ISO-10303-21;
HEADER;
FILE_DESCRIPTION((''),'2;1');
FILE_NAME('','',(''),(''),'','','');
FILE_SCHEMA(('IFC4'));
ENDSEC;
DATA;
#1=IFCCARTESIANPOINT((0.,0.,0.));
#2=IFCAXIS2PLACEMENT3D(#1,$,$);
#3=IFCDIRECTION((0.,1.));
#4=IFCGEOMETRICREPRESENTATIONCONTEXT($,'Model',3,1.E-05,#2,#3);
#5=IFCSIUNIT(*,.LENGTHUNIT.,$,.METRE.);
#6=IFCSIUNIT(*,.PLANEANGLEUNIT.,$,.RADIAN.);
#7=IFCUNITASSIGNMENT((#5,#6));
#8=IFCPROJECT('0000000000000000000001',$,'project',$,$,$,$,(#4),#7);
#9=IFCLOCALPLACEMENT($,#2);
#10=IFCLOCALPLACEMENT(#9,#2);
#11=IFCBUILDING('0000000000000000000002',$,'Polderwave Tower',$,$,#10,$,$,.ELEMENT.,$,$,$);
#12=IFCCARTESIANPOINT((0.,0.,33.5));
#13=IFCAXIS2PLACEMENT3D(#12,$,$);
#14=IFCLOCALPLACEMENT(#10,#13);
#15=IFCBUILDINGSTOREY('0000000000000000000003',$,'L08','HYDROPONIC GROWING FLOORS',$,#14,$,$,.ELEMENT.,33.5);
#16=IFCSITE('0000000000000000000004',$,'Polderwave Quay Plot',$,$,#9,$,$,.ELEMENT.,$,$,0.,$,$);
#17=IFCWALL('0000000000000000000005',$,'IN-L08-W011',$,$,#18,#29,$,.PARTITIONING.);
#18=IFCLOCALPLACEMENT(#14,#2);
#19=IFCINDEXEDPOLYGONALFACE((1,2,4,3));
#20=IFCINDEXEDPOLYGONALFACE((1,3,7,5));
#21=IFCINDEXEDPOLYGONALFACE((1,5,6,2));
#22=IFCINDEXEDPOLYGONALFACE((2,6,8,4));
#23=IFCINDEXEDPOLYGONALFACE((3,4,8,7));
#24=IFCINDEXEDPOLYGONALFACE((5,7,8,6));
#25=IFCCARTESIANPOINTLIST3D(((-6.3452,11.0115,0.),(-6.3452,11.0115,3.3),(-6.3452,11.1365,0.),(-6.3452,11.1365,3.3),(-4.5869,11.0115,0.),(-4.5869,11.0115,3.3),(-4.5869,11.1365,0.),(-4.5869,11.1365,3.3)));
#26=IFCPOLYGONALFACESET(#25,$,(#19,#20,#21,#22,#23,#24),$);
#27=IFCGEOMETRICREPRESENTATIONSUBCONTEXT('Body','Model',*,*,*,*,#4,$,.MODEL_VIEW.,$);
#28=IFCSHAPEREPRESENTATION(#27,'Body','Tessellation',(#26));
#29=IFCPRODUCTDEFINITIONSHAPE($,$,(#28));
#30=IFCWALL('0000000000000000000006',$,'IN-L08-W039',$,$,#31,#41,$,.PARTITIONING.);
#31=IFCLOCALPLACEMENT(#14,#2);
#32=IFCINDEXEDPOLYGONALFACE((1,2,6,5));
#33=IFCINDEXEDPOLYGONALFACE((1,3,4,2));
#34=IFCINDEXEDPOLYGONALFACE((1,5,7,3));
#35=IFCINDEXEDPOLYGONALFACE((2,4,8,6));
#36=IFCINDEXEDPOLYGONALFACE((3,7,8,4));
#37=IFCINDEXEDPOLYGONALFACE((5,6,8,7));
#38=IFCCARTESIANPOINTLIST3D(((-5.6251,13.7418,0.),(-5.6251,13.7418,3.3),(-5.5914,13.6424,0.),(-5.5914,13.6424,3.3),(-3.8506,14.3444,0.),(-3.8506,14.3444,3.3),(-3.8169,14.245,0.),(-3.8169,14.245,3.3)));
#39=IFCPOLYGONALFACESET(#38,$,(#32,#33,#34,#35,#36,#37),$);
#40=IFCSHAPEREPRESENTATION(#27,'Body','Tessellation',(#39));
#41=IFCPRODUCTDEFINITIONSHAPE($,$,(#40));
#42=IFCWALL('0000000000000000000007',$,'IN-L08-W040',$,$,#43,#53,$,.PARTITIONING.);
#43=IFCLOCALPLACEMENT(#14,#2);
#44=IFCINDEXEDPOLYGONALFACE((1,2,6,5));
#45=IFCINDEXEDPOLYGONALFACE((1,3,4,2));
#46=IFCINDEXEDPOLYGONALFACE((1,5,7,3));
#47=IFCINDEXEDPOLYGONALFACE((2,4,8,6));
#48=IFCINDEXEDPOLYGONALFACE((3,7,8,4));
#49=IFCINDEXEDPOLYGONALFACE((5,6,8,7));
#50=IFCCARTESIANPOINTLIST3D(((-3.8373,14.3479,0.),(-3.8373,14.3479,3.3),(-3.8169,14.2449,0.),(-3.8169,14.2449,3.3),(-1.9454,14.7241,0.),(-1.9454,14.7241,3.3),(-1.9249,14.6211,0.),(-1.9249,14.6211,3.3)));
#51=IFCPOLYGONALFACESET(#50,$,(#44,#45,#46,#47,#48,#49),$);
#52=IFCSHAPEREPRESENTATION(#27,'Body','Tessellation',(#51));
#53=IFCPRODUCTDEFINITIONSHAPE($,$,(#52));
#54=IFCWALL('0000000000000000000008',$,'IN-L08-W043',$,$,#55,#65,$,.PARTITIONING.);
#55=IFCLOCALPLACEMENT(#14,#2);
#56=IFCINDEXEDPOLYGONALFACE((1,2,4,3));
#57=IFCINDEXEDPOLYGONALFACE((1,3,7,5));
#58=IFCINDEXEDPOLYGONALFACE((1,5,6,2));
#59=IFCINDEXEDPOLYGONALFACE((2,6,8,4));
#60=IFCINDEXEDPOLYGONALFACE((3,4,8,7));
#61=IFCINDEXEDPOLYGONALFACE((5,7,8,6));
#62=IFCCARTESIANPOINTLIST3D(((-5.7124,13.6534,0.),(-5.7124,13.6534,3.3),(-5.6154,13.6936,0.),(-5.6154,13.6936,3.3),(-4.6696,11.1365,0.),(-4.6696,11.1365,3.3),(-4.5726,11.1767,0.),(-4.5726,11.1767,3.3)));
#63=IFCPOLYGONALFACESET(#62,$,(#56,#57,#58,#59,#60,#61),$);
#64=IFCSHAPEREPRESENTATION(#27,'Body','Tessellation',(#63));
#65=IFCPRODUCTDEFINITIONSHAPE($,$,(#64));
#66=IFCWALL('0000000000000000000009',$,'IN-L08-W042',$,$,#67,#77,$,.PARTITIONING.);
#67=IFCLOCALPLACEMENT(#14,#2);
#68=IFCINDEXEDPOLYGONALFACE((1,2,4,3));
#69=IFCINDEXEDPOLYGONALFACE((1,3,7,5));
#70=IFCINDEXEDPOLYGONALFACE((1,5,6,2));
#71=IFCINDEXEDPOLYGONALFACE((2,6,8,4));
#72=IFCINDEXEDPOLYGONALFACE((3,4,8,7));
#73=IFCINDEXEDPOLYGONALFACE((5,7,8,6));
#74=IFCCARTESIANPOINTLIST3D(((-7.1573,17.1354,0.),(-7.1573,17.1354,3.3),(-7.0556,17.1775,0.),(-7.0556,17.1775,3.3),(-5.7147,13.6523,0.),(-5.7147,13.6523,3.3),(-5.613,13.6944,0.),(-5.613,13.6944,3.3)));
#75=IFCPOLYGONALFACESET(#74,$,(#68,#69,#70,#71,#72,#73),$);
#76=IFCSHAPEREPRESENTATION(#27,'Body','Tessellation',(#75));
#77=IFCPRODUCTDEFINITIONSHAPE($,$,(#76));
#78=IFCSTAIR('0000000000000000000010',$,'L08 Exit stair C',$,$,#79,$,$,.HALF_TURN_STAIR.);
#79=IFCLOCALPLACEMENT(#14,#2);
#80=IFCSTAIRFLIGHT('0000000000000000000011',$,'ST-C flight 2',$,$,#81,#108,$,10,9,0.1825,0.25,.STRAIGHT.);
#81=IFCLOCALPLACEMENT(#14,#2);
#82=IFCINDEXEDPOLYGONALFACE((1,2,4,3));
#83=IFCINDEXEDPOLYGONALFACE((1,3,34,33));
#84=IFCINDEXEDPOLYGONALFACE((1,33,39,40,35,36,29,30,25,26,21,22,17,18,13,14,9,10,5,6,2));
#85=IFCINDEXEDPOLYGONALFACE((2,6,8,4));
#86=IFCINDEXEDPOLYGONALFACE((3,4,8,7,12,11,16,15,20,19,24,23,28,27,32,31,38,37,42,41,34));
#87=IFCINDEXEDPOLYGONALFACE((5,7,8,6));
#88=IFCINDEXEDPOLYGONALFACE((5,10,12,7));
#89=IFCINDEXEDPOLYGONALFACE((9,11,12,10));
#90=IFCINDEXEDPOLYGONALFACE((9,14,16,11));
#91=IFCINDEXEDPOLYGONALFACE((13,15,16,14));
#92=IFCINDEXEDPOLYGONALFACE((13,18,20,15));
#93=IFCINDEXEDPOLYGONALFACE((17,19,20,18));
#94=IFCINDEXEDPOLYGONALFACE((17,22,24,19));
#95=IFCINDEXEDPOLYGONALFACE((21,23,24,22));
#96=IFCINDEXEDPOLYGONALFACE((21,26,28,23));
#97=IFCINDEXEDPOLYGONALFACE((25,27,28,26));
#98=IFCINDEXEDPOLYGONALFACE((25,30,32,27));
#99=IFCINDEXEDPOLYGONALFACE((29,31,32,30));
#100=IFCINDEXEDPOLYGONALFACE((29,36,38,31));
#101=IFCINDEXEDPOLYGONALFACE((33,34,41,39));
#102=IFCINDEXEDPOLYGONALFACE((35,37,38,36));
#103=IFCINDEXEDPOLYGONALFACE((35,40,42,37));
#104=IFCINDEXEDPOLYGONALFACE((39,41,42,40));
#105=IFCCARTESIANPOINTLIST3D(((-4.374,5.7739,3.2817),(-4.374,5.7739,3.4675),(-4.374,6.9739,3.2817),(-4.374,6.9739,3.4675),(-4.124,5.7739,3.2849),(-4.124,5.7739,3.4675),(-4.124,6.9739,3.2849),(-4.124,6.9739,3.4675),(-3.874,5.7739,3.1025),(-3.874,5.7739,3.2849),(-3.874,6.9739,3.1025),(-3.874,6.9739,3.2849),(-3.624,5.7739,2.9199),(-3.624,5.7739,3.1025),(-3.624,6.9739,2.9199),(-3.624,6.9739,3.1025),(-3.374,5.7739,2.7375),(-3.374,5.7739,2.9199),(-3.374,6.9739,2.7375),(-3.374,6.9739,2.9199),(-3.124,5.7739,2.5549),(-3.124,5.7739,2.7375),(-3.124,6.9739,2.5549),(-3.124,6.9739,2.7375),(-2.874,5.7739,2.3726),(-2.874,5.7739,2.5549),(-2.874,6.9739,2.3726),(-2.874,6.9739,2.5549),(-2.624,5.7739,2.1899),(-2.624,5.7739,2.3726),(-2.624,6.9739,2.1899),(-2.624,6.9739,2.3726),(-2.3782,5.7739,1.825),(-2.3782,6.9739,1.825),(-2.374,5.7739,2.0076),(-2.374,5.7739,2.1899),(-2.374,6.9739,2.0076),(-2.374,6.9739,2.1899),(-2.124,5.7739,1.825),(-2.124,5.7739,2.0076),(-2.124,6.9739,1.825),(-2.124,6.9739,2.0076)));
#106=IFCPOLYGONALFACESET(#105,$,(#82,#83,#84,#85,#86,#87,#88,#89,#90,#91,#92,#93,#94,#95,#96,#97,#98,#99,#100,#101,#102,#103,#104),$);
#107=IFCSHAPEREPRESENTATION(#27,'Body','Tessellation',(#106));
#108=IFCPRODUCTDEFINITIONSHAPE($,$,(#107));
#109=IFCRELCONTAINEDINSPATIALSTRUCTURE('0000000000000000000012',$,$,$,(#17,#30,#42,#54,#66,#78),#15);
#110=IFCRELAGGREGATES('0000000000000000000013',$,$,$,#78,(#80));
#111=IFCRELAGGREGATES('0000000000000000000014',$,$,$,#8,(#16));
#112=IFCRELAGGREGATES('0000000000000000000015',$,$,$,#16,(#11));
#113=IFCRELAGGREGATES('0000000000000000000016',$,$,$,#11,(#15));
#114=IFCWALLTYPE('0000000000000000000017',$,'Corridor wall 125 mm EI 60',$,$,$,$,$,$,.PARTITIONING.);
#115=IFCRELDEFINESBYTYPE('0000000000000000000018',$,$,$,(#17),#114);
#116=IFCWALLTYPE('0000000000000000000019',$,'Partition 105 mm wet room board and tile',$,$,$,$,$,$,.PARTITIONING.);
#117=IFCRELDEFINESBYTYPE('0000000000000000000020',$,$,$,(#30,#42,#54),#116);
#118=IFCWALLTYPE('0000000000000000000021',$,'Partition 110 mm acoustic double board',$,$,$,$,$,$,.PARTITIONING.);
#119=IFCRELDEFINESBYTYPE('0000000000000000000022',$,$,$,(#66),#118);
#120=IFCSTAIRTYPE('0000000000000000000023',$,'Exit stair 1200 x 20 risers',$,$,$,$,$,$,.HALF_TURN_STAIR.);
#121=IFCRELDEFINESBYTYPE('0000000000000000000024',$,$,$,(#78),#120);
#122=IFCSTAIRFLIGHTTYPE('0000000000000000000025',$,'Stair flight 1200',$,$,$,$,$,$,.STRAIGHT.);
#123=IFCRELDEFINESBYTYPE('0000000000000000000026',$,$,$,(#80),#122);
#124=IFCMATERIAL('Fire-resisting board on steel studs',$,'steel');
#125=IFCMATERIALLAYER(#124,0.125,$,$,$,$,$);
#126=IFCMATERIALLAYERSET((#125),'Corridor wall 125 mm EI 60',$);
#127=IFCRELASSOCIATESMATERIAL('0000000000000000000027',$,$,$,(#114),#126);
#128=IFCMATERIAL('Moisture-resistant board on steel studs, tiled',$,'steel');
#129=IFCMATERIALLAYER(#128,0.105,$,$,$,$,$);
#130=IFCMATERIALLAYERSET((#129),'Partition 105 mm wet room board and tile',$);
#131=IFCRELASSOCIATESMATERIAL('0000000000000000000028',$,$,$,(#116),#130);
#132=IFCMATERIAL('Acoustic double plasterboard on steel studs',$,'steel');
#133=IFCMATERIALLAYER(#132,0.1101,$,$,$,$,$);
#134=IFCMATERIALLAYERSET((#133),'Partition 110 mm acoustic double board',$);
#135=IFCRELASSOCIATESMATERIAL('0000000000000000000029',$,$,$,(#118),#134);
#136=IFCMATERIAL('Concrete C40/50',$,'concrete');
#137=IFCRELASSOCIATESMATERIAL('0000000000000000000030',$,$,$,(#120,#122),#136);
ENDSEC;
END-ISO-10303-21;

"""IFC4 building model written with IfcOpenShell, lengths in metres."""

from ifc_helpers import new_model, si_unit, direction, frame, frame_2d, origin, place, context, subcontext, project, spatial, polyline, rectangle, outline, extrude, material, layer, layer_set, type_object, element, aggregate, save


model = new_model("IFC4")

# Units and contexts
model_context = context("Model", 3, precision=1e-05, world=origin(), true_north=direction((0.0, 1.0)))
body_context = subcontext(model_context, "Body", "Model", "MODEL_VIEW")
ifc_project = project(units=[si_unit("LENGTHUNIT", "METRE"), si_unit("PLANEANGLEUNIT", "RADIAN")], contexts=[model_context])

# Site, building, storey
site_placement = place(None, origin())
site = spatial("IfcSite", under=ifc_project, at=site_placement, Name="Polderwave Quay Plot", CompositionType="ELEMENT", RefElevation=0.0)
building_placement = place(site_placement, origin())
building = spatial("IfcBuilding", under=site, at=building_placement, Name="Polderwave Tower", CompositionType="ELEMENT")
storey_placement = place(building_placement, frame((0.0, 0.0, 33.5)))
storey = spatial("IfcBuildingStorey", under=building, at=storey_placement, Name="L08", Description="HYDROPONIC GROWING FLOORS", CompositionType="ELEMENT", Elevation=33.5)

# Shared definitions
ifc_material_1 = material(Name="Fire-resisting board on steel studs", Category="steel")
ifc_layer_1 = layer(ifc_material_1, 0.125)
ifc_layer_set_1 = layer_set([ifc_layer_1], Name="Corridor wall 125 mm EI 60")
wall_type_1 = type_object("IfcWallType", Name="Corridor wall 125 mm EI 60", PredefinedType="PARTITIONING", material=ifc_layer_set_1)

# Walls
wall_1_placement = place(storey_placement, frame((-6.3452, 11.074, 0.0), z_axis=(0.0, 0.0, 1.0), x_axis=(1.0, 0.0, 0.0)))
element("IfcWall", 1, at=wall_1_placement, inside=storey, type_object=wall_type_1, Name="IN-L08-W011", PredefinedType="PARTITIONING", context=body_context, shape_type="SweptSolid", body=[
    extrude(rectangle(XDim=1.7583, YDim=0.125, at=frame_2d((0.8792, 0.0))), origin(), (0.0, 0.0, 1.0), 3.3),
])
ifc_material_2 = material(Name="Moisture-resistant board on steel studs, tiled", Category="steel")
ifc_layer_2 = layer(ifc_material_2, 0.105)
ifc_layer_set_2 = layer_set([ifc_layer_2], Name="Partition 105 mm wet room board and tile")
wall_type_2 = type_object("IfcWallType", Name="Partition 105 mm wet room board and tile", PredefinedType="PARTITIONING", material=ifc_layer_set_2)
wall_2_placement = place(storey_placement, frame((-3.8337, 14.2947, 0.0), z_axis=(0.0, 0.0, 1.0), x_axis=(-0.946897, -0.321538, 0.0)))
element("IfcWall", 2, at=wall_2_placement, inside=storey, type_object=wall_type_2, Name="IN-L08-W039", PredefinedType="PARTITIONING", context=body_context, shape_type="SweptSolid", body=[
    extrude(rectangle(XDim=1.874, YDim=0.105, at=frame_2d((0.937, 0.0))), origin(), (0.0, 0.0, 1.0), 3.3),
])
wall_3_placement = place(storey_placement, frame((-1.9353, 14.6726, 0.0), z_axis=(0.0, 0.0, 1.0), x_axis=(-0.980794, -0.195045, 0.0)))
element("IfcWall", 3, at=wall_3_placement, inside=storey, type_object=wall_type_2, Name="IN-L08-W040", PredefinedType="PARTITIONING", context=body_context, shape_type="SweptSolid", body=[
    extrude(rectangle(XDim=1.929, YDim=0.105, at=frame_2d((0.9644, 0.0))), origin(), (0.0, 0.0, 1.0), 3.3),
])
wall_4_placement = place(storey_placement, frame((-4.6211, 11.1565, 0.0), z_axis=(0.0, 0.0, 1.0), x_axis=(-0.38275, 0.923852, 0.0)))
element("IfcWall", 4, at=wall_4_placement, inside=storey, type_object=wall_type_2, Name="IN-L08-W043", PredefinedType="PARTITIONING", context=body_context, shape_type="SweptSolid", body=[
    extrude(rectangle(XDim=2.7244, YDim=0.105, at=frame_2d((1.3623, 0.0))), origin(), (0.0, 0.0, 1.0), 3.3),
])
ifc_material_3 = material(Name="Acoustic double plasterboard on steel studs", Category="steel")
ifc_layer_3 = layer(ifc_material_3, 0.1101)
ifc_layer_set_3 = layer_set([ifc_layer_3], Name="Partition 110 mm acoustic double board")
wall_type_3 = type_object("IfcWallType", Name="Partition 110 mm acoustic double board", PredefinedType="PARTITIONING", material=ifc_layer_set_3)
wall_5_placement = place(storey_placement, frame((-5.6638, 13.6733, 0.0), z_axis=(0.0, 0.0, 1.0), x_axis=(-0.382651, 0.923893, 0.0)))
element("IfcWall", 5, at=wall_5_placement, inside=storey, type_object=wall_type_3, Name="IN-L08-W042", PredefinedType="PARTITIONING", context=body_context, shape_type="SweptSolid", body=[
    extrude(rectangle(XDim=3.77, YDim=0.1101, at=frame_2d((1.885, 0.0))), origin(), (0.0, 0.0, 1.0), 3.3),
])

# Stair, stair flight
ifc_material_4 = material(Name="Concrete C40/50", Category="concrete")
stair_type = type_object("IfcStairType", Name="Exit stair 1200 x 20 risers", PredefinedType="HALF_TURN_STAIR", material=ifc_material_4)
stair_placement = place(storey_placement, origin())
stair = element("IfcStair", 6, at=stair_placement, inside=storey, type_object=stair_type, Name="L08 Exit stair C", PredefinedType="HALF_TURN_STAIR")
stair_flight_type = type_object("IfcStairFlightType", Name="Stair flight 1200", PredefinedType="STRAIGHT", material=ifc_material_4)
stair_flight_placement = place(storey_placement, frame((-2.124, 6.374, 1.825), z_axis=(0.0, 0.0, 1.0), x_axis=(-1.0, 0.0, 0.0)))
stair_flight = element("IfcStairFlight", 7, at=stair_flight_placement, type_object=stair_flight_type, Name="ST-C flight 2", NumberOfRisers=10, NumberOfTreads=9, PredefinedType="STRAIGHT", RiserHeight=0.1825, TreadLength=0.25, context=body_context, shape_type="SweptSolid", body=[
    extrude(outline(polyline([(0.0, 0.0), (0.0, 0.1826), (0.25, 0.1826), (0.25, 0.365), (0.5, 0.365), (0.5, 0.5476), (0.75, 0.5476), (0.75, 0.73), (1.0, 0.73), (1.0, 0.9126), (1.25, 0.9126), (1.25, 1.095), (1.5, 1.095), (1.5, 1.2776), (1.75, 1.2776), (1.75, 1.46), (2.0, 1.46), (2.0, 1.6426), (2.25, 1.6426), (2.25, 1.825), (2.25, 1.4568), (0.2542, 0.0), (0.0, 0.0)])), frame((0.0, 0.6001, 0.0), z_axis=(0.0, -1.0, 0.0), x_axis=(1.0, 0.0, 0.0)), (0.0, 0.0, 1.0), 1.2),
])
aggregate(stair, [stair_flight])

save(model, "model.ifc")
